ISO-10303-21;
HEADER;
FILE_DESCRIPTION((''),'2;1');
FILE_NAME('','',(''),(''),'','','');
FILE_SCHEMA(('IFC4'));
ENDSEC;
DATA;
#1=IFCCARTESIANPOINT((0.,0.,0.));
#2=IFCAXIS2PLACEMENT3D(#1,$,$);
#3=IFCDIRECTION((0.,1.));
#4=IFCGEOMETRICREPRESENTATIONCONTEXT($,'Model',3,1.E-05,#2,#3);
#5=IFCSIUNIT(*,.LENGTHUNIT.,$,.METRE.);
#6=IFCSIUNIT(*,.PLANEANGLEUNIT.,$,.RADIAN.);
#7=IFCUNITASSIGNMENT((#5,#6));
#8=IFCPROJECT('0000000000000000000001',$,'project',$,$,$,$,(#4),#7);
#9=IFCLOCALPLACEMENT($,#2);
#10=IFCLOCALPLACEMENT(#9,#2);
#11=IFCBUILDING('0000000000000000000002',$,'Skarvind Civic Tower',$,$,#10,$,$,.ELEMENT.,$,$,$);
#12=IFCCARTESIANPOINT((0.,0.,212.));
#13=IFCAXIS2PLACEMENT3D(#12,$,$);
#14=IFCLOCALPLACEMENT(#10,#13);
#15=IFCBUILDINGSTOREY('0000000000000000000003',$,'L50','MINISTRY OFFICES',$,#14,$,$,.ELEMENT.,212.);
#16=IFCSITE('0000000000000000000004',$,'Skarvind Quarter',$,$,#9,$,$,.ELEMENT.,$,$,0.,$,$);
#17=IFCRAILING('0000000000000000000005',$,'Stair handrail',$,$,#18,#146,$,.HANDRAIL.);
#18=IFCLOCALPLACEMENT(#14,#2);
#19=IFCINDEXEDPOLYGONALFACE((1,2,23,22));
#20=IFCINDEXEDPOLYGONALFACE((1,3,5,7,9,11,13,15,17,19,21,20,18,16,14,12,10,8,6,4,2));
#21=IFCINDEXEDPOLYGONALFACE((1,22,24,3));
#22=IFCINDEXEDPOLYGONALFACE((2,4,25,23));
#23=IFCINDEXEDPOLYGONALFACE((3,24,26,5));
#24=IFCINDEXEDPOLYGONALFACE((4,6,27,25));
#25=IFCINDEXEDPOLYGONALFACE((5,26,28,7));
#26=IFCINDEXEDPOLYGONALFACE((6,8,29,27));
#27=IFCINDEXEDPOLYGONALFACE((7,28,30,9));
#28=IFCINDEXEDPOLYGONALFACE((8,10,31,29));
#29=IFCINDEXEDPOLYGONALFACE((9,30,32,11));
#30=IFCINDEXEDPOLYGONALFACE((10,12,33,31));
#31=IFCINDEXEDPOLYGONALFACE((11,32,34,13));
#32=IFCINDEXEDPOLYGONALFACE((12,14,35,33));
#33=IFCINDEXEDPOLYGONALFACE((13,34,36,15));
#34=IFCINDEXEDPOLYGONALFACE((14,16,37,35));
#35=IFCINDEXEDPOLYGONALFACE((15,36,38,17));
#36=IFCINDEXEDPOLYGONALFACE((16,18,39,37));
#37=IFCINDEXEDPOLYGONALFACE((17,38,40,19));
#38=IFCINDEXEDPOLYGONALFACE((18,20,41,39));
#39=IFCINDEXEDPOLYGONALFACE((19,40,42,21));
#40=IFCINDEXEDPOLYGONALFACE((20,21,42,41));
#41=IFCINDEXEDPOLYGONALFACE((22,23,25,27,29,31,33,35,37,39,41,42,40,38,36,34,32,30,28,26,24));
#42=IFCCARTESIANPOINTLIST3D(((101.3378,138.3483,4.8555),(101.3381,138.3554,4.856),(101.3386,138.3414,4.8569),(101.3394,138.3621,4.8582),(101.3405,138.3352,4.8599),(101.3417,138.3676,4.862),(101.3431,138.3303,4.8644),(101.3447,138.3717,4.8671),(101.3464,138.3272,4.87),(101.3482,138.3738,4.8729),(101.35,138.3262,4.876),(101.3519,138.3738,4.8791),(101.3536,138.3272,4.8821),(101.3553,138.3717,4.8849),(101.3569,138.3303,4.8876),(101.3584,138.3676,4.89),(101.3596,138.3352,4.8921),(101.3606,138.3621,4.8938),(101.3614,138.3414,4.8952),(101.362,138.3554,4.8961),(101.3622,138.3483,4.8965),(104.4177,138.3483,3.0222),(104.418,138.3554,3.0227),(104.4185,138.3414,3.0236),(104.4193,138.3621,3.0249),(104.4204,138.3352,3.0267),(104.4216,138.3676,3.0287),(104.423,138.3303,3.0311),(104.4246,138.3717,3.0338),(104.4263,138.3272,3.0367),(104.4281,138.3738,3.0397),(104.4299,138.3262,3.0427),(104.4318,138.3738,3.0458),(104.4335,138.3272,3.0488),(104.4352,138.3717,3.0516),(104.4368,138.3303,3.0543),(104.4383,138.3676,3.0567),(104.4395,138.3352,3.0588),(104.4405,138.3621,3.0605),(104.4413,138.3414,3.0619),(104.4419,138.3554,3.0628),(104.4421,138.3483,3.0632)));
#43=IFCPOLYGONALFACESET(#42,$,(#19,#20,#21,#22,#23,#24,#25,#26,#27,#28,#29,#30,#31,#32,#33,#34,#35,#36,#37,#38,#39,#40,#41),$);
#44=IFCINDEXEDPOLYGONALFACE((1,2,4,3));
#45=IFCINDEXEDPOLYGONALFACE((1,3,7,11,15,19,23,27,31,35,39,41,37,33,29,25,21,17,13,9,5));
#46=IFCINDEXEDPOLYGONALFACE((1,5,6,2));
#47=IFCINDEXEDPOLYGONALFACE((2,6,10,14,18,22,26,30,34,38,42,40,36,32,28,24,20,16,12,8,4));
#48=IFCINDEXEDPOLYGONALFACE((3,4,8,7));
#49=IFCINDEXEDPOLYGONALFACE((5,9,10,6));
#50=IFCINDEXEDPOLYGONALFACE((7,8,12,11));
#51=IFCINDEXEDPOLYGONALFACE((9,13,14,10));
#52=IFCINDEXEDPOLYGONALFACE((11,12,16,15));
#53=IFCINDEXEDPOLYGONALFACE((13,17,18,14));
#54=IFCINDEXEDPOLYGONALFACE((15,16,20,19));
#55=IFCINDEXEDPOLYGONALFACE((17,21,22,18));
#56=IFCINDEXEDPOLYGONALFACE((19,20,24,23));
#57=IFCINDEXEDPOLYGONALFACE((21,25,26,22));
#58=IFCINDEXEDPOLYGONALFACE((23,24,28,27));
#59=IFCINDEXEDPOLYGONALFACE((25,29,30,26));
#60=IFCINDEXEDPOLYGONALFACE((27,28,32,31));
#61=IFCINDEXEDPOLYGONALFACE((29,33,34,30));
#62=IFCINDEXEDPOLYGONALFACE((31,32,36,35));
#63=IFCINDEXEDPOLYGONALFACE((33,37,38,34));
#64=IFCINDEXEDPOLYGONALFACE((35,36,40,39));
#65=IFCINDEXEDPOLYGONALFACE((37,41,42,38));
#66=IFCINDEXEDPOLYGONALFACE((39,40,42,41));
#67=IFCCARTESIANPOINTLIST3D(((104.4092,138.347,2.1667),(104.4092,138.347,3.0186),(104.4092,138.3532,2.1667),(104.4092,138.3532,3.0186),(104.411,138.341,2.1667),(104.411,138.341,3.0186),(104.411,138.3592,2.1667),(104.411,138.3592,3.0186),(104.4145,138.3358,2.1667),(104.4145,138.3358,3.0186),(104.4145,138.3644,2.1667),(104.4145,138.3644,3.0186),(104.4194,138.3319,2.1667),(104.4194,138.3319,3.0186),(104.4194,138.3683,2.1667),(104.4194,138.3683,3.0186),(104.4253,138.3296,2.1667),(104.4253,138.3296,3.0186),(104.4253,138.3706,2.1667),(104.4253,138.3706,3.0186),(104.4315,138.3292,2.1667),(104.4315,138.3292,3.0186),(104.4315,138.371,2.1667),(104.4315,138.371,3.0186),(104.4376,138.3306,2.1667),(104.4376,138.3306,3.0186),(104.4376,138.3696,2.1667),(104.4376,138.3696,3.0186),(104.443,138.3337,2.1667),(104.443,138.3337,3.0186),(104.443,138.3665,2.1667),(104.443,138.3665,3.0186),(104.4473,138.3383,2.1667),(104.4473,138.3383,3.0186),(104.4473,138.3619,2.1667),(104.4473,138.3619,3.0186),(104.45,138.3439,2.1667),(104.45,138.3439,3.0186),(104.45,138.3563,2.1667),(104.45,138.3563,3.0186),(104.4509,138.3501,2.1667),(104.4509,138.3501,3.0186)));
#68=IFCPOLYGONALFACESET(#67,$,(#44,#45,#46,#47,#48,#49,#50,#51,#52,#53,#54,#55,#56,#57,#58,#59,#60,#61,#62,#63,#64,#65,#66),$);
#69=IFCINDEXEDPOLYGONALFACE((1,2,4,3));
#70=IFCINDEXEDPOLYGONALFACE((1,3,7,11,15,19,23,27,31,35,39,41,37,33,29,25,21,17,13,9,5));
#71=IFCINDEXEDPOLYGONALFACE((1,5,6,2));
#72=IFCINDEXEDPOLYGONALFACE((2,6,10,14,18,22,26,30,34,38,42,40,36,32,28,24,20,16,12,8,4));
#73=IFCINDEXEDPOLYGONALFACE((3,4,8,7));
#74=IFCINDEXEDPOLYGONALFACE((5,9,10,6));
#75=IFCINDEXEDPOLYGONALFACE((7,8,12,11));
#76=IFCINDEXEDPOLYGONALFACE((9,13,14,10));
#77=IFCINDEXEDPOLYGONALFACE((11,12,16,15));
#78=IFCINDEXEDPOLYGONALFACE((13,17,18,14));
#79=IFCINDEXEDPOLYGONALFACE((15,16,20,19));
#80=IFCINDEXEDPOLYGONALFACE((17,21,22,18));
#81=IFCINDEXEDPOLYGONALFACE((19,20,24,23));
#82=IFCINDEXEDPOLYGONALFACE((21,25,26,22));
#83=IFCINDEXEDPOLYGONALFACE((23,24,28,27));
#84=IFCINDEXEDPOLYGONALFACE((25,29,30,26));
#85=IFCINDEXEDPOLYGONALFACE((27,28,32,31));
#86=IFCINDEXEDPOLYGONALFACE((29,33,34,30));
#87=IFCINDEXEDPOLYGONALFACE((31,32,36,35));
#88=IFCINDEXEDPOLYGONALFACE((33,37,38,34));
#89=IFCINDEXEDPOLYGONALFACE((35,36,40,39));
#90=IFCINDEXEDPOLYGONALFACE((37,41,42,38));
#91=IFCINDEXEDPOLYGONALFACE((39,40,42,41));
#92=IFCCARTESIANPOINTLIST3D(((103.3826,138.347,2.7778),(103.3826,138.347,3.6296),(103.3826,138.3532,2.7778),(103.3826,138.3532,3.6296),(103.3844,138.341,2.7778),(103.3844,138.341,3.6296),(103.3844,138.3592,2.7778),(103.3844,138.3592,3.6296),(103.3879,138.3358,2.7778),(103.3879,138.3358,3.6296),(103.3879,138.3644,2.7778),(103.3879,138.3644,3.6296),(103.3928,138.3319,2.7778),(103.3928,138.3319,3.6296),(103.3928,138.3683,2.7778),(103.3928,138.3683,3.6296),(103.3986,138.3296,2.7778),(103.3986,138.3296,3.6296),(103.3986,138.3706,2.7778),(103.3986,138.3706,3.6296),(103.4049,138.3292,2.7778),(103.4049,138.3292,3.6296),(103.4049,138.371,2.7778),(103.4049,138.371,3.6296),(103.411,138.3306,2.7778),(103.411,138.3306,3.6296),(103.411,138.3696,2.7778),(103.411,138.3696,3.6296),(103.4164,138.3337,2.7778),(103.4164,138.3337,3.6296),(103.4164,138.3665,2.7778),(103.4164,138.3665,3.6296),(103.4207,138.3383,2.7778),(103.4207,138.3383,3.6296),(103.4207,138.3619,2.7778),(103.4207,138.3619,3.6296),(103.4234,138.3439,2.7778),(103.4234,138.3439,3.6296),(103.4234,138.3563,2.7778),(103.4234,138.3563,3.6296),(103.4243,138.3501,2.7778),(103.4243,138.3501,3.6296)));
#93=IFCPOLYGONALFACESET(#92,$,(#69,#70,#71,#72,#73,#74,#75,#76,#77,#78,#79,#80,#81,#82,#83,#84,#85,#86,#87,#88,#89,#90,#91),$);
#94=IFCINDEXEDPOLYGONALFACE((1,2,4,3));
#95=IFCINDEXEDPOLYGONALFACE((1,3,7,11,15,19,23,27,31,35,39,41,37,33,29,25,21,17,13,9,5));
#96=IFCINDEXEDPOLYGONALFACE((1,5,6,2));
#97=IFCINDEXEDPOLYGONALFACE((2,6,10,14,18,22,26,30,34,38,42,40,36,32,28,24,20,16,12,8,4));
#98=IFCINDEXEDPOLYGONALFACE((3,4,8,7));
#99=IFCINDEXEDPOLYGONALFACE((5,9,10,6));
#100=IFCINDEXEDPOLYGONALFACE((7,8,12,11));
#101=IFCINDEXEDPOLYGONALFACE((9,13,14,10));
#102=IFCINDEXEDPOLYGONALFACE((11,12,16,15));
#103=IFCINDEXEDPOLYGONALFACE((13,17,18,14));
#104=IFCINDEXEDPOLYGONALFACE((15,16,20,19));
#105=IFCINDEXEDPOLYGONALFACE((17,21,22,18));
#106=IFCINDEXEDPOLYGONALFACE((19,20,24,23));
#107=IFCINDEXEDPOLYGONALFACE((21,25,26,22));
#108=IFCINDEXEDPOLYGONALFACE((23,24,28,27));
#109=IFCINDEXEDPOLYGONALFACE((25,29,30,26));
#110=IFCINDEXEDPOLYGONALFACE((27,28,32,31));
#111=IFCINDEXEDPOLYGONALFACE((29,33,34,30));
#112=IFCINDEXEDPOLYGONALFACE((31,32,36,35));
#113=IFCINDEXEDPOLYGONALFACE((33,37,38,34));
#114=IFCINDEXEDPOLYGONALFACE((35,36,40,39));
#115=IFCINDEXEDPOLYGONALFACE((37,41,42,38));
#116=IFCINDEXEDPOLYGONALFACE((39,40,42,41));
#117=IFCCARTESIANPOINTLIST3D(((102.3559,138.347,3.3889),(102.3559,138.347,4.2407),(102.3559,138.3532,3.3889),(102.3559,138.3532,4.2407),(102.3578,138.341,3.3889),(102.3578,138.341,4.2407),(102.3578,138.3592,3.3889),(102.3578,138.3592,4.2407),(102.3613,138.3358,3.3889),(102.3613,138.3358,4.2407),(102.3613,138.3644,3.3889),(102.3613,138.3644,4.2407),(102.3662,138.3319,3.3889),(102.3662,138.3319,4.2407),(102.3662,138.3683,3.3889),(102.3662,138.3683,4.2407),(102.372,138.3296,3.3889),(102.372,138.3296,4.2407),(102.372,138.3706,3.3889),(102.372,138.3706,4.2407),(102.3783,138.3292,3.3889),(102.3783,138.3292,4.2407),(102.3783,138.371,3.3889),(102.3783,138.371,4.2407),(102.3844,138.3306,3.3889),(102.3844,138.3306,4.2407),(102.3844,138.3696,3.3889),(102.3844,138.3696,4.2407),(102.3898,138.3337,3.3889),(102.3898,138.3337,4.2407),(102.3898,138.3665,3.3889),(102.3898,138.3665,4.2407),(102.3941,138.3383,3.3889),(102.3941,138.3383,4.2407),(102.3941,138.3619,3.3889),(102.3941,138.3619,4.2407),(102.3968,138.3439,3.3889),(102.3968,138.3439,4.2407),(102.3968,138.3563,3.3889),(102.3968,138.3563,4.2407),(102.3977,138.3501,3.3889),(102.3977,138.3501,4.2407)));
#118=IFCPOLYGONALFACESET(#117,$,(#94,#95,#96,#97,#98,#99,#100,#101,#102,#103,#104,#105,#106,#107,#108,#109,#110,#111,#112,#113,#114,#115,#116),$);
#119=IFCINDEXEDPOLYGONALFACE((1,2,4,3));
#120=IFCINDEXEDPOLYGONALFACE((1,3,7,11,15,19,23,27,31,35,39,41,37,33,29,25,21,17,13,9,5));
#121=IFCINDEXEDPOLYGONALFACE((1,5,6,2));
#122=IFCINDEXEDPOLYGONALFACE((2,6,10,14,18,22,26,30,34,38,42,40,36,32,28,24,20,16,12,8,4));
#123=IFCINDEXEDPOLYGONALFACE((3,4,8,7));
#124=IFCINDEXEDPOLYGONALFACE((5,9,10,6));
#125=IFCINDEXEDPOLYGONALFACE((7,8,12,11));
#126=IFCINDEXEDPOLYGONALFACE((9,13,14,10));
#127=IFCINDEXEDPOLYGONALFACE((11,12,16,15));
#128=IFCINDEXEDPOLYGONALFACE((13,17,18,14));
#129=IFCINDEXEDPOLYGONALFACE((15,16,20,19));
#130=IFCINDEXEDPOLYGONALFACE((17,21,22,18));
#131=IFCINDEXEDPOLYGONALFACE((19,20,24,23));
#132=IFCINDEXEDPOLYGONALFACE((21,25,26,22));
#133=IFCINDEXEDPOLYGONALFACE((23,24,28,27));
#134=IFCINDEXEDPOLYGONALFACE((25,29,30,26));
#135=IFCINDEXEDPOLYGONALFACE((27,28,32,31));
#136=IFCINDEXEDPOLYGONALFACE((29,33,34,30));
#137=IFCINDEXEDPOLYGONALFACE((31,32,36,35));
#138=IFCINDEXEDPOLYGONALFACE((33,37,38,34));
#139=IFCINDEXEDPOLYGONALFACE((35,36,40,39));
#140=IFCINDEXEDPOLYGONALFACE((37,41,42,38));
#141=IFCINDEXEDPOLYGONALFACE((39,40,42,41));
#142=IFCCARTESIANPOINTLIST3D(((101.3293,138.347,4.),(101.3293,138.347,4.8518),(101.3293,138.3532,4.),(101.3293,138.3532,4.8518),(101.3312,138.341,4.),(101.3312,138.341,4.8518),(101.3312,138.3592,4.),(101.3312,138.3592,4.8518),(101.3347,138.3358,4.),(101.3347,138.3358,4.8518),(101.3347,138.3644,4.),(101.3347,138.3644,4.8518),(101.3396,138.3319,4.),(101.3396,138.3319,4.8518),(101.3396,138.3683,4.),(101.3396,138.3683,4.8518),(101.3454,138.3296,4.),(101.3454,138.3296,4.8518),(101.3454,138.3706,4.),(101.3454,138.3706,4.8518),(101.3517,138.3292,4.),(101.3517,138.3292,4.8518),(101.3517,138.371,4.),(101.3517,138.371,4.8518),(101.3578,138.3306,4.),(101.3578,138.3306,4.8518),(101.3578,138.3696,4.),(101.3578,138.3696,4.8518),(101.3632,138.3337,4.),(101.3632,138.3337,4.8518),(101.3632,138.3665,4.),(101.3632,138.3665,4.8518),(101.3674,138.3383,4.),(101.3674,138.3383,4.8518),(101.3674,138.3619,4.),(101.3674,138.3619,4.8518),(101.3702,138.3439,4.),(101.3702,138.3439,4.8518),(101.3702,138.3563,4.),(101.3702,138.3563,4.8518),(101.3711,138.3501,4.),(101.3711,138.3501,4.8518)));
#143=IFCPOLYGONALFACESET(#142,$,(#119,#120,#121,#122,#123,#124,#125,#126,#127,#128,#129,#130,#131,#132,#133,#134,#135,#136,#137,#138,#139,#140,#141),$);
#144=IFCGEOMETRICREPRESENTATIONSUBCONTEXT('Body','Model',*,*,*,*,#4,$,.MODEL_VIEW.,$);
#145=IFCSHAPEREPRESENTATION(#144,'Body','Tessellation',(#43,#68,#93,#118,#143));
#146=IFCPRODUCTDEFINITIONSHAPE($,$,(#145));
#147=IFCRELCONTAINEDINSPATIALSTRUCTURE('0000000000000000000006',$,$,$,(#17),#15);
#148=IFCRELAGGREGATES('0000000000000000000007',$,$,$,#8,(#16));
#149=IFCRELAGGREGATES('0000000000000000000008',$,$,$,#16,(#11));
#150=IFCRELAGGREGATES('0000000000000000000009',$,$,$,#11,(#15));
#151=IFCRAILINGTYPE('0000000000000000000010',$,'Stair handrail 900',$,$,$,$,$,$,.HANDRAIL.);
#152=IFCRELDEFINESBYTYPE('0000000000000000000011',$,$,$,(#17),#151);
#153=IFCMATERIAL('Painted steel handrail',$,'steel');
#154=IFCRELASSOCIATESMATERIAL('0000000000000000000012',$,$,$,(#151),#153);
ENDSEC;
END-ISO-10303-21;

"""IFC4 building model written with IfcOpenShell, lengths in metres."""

from ifc_helpers import new_model, si_unit, direction, frame, origin, origin_2d, place, context, subcontext, project, spatial, circle, extrude, material, type_object, element, save


model = new_model("IFC4")

# Units and contexts
model_context = context("Model", 3, precision=1e-05, world=origin(), true_north=direction((0.0, 1.0)))
body_context = subcontext(model_context, "Body", "Model", "MODEL_VIEW")
ifc_project = project(units=[si_unit("LENGTHUNIT", "METRE"), si_unit("PLANEANGLEUNIT", "RADIAN")], contexts=[model_context])

# Site, building, storey
site_placement = place(None, origin())
site = spatial("IfcSite", under=ifc_project, at=site_placement, Name="Skarvind Quarter", CompositionType="ELEMENT", RefElevation=0.0)
building_placement = place(site_placement, origin())
building = spatial("IfcBuilding", under=site, at=building_placement, Name="Skarvind Civic Tower", CompositionType="ELEMENT")
storey_placement = place(building_placement, frame((0.0, 0.0, 212.0)))
storey = spatial("IfcBuildingStorey", under=building, at=storey_placement, Name="L50", Description="MINISTRY OFFICES", CompositionType="ELEMENT", Elevation=212.0)

# Railing
ifc_material_1 = material(Name="Painted steel handrail", Category="steel")
railing_type = type_object("IfcRailingType", Name="Stair handrail 900", PredefinedType="HANDRAIL", material=ifc_material_1)
railing_1_placement = place(storey_placement, frame((104.4299, 138.3501, 2.1667)))
element("IfcRailing", 1, at=railing_1_placement, inside=storey, type_object=railing_type, Name="Stair handrail", PredefinedType="HANDRAIL", context=body_context, shape_type="SweptSolid", body=[
    extrude(circle(Radius=0.0239, at=origin_2d()), frame((0.0, 0.0, 0.876), z_axis=(-0.859291, 0.0, 0.511487), x_axis=(0.0, -1.0, 0.0)), (0.0, 0.0, 1.0), 3.5842),
    extrude(circle(Radius=0.021, at=origin_2d()), origin(), (0.0, 0.0, 1.0), 0.8518),
    extrude(circle(Radius=0.021, at=origin_2d()), frame((-1.0266, 0.0, 0.6111)), (0.0, 0.0, 1.0), 0.8518),
    extrude(circle(Radius=0.021, at=origin_2d()), frame((-2.0532, 0.0, 1.2222)), (0.0, 0.0, 1.0), 0.8518),
    extrude(circle(Radius=0.021, at=origin_2d()), frame((-3.0798, 0.0, 1.8333)), (0.0, 0.0, 1.0), 0.8518),
])

save(model, "model.ifc")
